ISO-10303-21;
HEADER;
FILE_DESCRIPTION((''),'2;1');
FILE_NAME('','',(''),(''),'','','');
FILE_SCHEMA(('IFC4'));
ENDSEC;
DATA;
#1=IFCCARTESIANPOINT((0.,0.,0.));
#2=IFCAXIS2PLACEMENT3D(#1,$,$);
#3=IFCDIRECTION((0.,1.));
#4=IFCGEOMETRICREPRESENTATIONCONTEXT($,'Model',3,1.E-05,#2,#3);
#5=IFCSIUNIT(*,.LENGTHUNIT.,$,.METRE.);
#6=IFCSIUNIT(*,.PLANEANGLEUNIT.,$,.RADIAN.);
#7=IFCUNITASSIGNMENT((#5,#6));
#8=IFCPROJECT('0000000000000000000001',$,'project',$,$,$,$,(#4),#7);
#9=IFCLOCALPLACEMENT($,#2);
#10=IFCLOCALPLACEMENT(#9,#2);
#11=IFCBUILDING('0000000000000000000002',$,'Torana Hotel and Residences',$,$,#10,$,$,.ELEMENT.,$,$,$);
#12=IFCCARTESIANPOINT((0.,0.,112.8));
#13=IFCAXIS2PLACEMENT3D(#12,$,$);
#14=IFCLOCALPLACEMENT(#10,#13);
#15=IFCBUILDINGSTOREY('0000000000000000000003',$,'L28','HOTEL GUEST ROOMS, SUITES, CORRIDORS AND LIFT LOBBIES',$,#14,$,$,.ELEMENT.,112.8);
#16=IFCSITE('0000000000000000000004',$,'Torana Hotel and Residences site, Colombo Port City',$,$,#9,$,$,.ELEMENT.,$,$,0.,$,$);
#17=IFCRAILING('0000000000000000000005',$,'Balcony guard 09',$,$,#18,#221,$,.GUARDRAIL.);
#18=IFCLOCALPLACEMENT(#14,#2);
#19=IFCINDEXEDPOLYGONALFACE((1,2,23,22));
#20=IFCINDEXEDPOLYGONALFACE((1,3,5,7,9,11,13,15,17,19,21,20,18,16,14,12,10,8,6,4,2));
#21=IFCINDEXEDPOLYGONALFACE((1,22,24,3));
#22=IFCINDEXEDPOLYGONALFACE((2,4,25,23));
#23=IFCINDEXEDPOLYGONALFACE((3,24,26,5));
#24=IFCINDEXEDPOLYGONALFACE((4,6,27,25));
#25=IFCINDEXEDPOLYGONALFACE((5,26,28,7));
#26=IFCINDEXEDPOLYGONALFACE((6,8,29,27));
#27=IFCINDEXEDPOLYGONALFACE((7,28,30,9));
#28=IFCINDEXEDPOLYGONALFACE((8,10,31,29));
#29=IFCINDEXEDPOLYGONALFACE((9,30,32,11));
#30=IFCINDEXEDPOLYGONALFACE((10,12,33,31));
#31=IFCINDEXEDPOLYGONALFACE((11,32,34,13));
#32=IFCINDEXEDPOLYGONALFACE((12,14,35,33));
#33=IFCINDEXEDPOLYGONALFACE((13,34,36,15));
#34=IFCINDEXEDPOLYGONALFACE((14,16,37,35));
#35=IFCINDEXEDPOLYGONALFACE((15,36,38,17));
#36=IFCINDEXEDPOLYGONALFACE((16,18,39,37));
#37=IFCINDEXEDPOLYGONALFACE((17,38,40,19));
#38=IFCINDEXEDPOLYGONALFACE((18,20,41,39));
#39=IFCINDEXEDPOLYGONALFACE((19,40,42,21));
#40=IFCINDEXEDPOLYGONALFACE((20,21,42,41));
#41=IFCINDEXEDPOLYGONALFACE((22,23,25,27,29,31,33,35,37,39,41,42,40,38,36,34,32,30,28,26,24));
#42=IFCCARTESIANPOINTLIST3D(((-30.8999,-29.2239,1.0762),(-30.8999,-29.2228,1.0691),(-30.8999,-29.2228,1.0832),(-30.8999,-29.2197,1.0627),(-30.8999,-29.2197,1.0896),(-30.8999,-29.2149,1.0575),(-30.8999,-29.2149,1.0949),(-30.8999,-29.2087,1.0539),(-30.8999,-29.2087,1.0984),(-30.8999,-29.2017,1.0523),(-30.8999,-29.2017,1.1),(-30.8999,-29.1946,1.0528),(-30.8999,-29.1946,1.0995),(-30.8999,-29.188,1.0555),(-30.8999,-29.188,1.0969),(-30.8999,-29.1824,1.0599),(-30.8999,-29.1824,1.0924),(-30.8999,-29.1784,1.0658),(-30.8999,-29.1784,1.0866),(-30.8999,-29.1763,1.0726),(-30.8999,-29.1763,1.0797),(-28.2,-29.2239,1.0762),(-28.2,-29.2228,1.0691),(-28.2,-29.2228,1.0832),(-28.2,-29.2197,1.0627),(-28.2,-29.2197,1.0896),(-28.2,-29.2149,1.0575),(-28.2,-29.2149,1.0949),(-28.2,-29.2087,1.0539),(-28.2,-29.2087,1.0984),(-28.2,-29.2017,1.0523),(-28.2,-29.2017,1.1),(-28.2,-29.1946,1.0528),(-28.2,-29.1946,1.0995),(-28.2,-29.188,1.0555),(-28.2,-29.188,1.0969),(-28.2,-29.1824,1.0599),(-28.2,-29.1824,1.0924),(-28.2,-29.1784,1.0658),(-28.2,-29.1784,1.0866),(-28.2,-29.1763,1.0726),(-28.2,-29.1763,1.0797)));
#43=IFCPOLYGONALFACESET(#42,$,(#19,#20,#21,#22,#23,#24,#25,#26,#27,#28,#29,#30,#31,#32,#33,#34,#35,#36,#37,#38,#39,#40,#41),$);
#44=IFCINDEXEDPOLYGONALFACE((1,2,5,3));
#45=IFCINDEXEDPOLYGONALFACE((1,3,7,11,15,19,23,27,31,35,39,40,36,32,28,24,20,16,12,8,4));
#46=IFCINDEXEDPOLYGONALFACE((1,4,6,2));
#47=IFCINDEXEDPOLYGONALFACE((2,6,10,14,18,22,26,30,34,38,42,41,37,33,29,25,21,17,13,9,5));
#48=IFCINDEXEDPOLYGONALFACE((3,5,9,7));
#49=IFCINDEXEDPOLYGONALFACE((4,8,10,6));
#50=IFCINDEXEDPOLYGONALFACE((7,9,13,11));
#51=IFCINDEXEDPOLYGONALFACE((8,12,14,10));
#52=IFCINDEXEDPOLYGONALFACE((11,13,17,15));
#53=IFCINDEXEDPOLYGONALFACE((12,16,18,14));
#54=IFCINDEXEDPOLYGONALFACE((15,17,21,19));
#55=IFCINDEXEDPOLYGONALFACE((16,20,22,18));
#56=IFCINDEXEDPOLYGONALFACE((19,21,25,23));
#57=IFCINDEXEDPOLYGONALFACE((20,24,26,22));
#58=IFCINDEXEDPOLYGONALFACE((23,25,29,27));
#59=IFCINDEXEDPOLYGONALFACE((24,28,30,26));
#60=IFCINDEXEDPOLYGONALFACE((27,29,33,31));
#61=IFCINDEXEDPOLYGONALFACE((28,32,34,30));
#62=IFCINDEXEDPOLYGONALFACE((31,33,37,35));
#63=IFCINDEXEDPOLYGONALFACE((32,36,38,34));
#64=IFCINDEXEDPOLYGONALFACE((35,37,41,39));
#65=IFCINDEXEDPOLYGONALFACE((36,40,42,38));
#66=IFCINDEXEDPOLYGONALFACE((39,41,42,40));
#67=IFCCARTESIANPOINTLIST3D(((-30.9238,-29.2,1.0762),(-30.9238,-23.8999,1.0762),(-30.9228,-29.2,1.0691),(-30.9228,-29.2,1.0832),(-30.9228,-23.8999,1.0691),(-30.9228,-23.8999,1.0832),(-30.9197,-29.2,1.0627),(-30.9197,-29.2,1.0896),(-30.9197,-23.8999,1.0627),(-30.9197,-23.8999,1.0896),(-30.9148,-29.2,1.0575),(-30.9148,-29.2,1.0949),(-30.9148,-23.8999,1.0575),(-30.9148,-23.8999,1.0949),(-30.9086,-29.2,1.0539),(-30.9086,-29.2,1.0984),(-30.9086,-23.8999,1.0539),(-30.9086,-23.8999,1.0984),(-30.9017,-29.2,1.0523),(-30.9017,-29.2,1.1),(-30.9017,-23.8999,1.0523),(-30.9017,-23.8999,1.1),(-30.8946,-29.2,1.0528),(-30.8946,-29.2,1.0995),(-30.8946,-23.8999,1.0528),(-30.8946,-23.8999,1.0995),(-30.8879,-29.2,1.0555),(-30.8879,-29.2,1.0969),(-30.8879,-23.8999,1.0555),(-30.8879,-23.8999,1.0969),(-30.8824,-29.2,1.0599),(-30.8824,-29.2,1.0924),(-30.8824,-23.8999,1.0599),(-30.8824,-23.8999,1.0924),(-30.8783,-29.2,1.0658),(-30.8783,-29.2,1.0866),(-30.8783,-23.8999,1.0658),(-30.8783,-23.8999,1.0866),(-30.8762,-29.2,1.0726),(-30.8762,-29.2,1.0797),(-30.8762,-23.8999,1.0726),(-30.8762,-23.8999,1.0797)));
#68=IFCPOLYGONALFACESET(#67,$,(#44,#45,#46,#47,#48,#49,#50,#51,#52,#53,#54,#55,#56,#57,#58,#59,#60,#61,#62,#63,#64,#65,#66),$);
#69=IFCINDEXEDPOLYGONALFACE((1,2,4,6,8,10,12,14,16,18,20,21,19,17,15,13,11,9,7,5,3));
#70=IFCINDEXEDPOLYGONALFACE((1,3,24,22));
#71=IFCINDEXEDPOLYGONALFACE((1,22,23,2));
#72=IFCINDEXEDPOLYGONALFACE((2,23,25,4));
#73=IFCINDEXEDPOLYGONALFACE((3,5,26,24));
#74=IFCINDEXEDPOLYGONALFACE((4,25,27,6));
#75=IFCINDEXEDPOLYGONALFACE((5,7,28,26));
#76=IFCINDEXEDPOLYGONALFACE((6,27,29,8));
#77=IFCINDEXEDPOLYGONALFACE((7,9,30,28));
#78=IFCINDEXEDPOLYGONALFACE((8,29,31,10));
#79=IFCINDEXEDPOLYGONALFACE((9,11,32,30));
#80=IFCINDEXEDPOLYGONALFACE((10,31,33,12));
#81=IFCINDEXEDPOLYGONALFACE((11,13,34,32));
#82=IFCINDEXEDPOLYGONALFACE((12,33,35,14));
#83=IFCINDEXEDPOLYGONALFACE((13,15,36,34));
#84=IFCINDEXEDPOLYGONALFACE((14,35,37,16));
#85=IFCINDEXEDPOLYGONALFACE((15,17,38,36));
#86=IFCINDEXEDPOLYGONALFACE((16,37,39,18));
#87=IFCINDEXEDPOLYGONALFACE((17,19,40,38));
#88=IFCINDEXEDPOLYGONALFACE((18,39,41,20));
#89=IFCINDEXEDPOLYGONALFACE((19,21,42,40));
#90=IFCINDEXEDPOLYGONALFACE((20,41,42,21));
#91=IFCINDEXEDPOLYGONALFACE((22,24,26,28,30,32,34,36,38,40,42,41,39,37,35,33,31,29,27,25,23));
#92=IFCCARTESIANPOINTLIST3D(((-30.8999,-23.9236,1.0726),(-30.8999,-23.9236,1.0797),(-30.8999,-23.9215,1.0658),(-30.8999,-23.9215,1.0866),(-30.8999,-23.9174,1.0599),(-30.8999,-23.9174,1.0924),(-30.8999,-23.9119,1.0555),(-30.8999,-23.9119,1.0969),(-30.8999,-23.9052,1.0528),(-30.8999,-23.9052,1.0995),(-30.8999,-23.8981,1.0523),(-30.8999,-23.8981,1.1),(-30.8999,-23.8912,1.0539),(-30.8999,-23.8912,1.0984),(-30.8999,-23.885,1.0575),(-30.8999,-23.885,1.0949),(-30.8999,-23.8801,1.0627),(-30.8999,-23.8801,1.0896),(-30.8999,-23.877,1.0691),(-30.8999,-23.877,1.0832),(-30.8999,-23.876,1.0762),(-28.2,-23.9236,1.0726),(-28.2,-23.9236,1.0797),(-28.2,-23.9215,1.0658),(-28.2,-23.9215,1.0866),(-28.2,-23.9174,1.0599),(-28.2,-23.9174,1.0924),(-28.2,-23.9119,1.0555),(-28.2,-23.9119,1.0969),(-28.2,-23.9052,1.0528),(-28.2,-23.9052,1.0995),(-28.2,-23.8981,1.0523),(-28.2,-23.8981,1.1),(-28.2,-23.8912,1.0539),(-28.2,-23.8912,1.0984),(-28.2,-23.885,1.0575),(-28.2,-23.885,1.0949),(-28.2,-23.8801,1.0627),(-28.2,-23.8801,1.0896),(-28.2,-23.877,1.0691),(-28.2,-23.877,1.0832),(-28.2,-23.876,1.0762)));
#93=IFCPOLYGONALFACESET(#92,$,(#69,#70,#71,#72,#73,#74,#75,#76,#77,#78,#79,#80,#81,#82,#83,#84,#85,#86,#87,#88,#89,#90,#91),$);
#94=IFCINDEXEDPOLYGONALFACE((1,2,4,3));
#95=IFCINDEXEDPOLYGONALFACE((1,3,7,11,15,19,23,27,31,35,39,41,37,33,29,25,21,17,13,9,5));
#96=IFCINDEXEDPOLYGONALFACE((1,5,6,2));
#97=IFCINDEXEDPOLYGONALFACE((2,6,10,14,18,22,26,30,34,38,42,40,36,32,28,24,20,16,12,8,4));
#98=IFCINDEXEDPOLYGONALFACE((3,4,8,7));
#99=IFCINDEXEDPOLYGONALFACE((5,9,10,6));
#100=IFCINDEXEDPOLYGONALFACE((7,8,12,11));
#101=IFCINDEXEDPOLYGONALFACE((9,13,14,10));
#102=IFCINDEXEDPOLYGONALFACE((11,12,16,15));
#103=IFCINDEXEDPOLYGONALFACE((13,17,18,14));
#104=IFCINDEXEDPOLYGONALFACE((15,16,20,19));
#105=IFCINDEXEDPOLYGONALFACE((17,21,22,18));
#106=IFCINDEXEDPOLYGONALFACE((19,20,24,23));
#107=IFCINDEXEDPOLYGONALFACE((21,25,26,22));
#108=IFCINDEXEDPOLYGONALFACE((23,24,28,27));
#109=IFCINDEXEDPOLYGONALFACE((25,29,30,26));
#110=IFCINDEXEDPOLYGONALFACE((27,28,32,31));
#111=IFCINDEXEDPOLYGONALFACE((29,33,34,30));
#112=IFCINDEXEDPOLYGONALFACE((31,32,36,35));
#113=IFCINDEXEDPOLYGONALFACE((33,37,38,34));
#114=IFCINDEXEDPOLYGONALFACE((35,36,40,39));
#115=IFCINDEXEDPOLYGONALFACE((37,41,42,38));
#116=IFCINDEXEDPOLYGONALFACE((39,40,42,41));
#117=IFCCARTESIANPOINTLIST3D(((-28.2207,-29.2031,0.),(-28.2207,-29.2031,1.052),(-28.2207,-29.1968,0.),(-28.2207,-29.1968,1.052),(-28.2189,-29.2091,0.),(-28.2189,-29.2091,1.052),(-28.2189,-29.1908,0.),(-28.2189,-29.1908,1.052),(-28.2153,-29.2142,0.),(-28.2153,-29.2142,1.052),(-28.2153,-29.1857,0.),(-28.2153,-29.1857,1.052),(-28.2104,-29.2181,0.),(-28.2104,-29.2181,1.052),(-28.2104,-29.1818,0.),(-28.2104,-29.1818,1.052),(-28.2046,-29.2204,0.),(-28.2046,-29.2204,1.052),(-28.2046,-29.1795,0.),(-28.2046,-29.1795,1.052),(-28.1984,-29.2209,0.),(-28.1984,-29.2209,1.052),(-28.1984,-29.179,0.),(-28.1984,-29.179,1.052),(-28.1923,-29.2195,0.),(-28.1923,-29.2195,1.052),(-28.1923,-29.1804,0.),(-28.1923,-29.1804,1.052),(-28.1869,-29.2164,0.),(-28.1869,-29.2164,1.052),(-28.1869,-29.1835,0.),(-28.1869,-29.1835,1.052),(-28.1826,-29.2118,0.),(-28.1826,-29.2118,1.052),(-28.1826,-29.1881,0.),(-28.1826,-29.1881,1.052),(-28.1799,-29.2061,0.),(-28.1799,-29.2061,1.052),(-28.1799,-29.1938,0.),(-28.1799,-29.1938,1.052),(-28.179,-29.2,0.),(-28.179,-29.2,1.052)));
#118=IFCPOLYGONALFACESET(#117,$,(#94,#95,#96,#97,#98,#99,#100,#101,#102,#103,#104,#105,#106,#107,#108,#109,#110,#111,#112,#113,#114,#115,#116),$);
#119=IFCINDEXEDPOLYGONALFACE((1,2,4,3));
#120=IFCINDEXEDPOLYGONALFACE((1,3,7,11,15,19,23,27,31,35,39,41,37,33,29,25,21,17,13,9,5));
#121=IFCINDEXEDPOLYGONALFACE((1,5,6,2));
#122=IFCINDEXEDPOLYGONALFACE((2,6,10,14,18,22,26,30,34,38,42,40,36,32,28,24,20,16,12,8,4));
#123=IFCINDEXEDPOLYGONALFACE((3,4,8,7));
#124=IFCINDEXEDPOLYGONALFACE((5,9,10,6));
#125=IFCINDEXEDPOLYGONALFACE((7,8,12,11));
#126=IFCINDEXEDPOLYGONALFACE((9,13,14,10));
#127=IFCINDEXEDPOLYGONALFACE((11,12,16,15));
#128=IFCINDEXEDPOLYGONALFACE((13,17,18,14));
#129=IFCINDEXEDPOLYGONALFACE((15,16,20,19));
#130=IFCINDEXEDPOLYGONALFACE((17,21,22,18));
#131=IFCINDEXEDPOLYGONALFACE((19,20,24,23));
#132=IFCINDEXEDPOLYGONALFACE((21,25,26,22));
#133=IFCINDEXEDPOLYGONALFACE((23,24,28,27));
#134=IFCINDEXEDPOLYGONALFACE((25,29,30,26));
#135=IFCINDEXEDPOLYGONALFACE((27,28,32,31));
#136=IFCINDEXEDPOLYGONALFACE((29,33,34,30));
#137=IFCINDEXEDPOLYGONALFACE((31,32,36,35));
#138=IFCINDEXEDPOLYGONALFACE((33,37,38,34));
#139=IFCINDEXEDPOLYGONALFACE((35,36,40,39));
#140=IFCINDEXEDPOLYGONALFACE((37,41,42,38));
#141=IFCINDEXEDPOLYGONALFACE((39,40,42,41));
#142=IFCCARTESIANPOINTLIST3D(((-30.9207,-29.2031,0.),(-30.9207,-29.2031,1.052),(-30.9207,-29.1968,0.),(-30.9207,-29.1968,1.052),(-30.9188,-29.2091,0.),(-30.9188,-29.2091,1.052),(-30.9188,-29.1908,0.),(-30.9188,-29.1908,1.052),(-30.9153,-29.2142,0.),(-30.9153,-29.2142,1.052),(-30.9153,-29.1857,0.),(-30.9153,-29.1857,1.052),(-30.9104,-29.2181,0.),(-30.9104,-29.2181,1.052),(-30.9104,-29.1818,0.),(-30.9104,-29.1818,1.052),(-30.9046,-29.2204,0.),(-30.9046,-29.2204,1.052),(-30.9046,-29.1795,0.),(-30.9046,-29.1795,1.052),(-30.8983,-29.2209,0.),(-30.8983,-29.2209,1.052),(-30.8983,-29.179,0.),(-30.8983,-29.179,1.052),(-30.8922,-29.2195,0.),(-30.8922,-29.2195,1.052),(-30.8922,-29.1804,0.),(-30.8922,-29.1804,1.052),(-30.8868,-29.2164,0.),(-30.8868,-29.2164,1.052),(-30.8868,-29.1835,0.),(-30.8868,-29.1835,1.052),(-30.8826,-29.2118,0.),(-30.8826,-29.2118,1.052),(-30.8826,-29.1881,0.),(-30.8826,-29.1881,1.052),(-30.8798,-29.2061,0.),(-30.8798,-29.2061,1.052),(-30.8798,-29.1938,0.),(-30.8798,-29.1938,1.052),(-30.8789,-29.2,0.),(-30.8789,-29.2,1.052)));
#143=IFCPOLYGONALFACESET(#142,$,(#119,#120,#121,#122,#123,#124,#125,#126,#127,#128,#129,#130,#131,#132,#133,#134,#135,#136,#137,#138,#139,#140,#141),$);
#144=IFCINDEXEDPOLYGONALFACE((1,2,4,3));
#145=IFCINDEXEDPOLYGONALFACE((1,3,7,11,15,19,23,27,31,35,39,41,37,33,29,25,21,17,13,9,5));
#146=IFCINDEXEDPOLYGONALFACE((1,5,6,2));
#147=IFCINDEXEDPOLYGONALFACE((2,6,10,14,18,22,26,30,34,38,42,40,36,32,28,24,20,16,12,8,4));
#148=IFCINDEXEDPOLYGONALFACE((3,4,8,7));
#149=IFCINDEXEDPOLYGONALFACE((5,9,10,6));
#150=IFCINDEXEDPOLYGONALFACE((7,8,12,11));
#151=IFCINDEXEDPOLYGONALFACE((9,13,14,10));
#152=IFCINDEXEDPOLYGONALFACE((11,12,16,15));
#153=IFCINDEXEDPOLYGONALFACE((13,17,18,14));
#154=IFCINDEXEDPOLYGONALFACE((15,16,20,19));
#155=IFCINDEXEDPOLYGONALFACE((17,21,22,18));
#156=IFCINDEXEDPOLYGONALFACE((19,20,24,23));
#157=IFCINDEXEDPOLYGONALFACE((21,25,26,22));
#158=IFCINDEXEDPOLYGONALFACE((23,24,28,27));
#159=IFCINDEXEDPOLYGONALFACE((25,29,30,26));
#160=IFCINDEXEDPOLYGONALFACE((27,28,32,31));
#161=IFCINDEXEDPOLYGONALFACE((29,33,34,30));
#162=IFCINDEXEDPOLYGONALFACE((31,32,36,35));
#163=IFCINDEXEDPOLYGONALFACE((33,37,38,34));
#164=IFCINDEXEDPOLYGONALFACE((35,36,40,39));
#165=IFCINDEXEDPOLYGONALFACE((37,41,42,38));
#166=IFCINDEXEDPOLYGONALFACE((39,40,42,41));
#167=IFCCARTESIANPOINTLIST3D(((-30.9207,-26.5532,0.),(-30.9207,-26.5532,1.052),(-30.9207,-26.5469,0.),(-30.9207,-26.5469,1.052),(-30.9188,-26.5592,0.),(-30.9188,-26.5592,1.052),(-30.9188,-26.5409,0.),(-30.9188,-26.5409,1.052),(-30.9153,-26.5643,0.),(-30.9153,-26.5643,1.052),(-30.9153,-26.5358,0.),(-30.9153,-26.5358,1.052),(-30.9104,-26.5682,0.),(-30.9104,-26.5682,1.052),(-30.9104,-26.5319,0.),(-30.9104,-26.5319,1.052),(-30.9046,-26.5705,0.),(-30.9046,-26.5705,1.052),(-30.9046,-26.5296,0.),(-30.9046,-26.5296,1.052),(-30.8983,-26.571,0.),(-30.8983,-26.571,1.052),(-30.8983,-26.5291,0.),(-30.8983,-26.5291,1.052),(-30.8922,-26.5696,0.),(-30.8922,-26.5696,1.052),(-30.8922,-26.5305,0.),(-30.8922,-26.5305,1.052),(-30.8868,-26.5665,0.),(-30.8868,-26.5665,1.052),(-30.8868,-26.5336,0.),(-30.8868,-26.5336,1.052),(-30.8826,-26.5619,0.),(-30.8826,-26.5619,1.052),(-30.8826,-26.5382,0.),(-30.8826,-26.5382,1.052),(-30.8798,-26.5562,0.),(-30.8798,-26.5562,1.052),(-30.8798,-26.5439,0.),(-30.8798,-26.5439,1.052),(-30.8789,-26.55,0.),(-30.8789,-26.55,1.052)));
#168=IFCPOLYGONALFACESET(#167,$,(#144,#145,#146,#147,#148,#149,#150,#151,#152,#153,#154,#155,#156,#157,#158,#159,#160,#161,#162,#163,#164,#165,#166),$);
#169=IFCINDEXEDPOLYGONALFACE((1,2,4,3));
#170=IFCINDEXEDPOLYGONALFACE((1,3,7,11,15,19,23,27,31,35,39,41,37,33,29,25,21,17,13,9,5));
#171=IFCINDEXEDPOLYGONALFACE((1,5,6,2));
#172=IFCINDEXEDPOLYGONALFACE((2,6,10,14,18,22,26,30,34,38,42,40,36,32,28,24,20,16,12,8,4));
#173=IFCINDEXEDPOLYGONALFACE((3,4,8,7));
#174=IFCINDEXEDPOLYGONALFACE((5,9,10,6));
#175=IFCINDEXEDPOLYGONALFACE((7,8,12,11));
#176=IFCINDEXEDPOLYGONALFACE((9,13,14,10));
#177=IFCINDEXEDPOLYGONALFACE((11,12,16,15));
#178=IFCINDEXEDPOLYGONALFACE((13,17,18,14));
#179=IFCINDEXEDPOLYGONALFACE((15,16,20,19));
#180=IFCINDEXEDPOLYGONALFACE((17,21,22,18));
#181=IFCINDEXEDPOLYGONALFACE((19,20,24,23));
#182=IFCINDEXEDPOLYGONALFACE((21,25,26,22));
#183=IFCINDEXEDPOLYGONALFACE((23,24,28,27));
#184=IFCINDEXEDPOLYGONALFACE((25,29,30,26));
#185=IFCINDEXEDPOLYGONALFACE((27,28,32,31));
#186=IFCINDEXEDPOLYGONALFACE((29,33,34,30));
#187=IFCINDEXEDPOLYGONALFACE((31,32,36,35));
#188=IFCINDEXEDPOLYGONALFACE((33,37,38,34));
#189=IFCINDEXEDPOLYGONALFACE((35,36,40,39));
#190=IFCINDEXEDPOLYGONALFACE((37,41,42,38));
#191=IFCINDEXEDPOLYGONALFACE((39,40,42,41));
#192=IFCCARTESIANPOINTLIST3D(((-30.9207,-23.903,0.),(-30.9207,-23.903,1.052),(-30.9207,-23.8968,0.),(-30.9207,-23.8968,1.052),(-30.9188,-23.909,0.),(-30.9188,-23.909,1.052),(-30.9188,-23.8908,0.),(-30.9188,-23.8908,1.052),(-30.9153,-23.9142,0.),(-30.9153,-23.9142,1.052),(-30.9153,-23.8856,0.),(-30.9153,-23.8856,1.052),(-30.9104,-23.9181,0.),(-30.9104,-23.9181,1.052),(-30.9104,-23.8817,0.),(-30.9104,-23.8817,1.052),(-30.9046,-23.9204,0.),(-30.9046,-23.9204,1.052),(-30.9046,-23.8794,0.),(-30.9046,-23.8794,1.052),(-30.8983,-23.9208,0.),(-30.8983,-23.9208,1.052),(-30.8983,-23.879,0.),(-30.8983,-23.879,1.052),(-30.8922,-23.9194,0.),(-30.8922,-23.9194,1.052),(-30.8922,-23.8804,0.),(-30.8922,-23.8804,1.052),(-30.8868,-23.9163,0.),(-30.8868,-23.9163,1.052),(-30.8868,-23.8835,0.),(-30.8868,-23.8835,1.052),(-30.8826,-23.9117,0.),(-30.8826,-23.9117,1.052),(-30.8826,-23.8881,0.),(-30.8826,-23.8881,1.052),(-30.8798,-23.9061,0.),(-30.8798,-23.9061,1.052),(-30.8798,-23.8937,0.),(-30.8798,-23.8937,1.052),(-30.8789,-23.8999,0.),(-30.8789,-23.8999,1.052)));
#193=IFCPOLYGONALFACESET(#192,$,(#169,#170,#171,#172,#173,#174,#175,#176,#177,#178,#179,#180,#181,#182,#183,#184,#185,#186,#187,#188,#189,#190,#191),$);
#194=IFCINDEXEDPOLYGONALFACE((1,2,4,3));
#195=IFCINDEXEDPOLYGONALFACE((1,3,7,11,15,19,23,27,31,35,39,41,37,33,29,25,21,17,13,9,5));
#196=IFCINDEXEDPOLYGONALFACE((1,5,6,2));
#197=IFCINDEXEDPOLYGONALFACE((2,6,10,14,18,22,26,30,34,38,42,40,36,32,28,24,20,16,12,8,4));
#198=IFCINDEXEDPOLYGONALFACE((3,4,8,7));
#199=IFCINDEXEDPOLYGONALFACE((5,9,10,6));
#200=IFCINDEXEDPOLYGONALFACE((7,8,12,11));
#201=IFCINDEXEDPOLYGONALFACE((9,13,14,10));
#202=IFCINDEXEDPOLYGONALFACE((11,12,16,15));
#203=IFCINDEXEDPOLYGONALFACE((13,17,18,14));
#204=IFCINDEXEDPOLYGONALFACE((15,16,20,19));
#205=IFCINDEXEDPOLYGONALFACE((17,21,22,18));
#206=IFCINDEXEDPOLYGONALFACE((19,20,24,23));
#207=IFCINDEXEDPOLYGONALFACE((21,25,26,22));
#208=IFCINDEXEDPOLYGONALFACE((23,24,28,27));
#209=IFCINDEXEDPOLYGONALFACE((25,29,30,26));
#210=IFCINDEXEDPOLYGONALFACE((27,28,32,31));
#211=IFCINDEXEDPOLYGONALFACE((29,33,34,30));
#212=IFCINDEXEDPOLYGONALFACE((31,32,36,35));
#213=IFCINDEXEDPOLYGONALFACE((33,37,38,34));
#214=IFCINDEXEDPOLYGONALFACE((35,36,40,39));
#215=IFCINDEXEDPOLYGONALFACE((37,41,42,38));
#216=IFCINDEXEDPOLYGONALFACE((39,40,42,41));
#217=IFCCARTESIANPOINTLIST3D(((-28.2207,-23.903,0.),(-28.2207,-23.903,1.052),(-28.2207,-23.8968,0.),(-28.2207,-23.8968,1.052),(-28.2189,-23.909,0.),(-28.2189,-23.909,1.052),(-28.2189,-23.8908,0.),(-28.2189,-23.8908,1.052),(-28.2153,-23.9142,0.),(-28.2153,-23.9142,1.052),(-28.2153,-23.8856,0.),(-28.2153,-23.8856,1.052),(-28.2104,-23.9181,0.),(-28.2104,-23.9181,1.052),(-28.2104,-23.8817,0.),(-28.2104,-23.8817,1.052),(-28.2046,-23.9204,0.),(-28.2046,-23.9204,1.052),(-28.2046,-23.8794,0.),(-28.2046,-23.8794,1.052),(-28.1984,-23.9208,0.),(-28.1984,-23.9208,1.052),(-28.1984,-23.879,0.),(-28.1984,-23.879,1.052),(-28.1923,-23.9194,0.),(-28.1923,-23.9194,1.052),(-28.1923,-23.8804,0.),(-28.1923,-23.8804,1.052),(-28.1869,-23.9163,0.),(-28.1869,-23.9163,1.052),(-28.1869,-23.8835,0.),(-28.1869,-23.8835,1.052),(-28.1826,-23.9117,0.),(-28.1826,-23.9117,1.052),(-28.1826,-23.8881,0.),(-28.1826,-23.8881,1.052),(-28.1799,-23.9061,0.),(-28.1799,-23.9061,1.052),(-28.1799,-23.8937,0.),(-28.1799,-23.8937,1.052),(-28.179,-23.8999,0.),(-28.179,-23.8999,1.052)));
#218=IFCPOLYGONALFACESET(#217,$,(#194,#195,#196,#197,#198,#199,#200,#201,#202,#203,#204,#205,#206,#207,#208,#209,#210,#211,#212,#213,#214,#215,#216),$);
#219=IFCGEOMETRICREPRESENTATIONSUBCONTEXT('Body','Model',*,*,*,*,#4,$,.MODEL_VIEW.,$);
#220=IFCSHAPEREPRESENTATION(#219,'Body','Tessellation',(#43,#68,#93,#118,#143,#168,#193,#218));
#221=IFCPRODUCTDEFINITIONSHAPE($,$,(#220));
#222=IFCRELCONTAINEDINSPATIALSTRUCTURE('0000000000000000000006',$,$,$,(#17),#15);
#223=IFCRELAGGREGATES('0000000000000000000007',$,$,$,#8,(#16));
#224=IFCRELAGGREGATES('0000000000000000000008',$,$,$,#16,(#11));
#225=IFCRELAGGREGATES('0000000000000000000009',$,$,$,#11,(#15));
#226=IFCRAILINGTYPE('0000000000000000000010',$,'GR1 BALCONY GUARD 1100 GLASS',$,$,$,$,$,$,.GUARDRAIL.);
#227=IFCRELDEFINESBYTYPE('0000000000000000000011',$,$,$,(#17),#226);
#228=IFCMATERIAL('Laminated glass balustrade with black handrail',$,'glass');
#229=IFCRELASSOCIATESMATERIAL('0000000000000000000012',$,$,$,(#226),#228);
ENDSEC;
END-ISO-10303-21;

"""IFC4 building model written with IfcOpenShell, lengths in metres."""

from ifc_helpers import new_model, si_unit, direction, frame, origin, origin_2d, place, context, subcontext, project, spatial, circle, extrude, material, type_object, element, save


model = new_model("IFC4")

# Units and contexts
model_context = context("Model", 3, precision=1e-05, world=origin(), true_north=direction((0.0, 1.0)))
body_context = subcontext(model_context, "Body", "Model", "MODEL_VIEW")
ifc_project = project(units=[si_unit("LENGTHUNIT", "METRE"), si_unit("PLANEANGLEUNIT", "RADIAN")], contexts=[model_context])

# Site, building, storey
site_placement = place(None, origin())
site = spatial("IfcSite", under=ifc_project, at=site_placement, Name="Torana Hotel and Residences site, Colombo Port City", CompositionType="ELEMENT", RefElevation=0.0)
building_placement = place(site_placement, origin())
building = spatial("IfcBuilding", under=site, at=building_placement, Name="Torana Hotel and Residences", CompositionType="ELEMENT")
storey_placement = place(building_placement, frame((0.0, 0.0, 112.8)))
storey = spatial("IfcBuildingStorey", under=building, at=storey_placement, Name="L28", Description="HOTEL GUEST ROOMS, SUITES, CORRIDORS AND LIFT LOBBIES", CompositionType="ELEMENT", Elevation=112.8)

# Railing
ifc_material_1 = material(Name="Laminated glass balustrade with black handrail", Category="glass")
railing_type = type_object("IfcRailingType", Name="GR1 BALCONY GUARD 1100 GLASS", PredefinedType="GUARDRAIL", material=ifc_material_1)
railing_placement = place(storey_placement, frame((-28.2, -29.2, 0.0)))
element("IfcRailing", 1, at=railing_placement, inside=storey, type_object=railing_type, Name="Balcony guard 09", PredefinedType="GUARDRAIL", context=body_context, shape_type="SweptSolid", body=[
    extrude(circle(Radius=0.0239, at=origin_2d()), frame((0.0, 0.0, 1.0762), z_axis=(-1.0, 0.0, 0.0), x_axis=(0.0, -1.0, 0.0)), (0.0, 0.0, 1.0), 2.7),
    extrude(circle(Radius=0.0239, at=origin_2d()), frame((-2.7, 0.0, 1.0762), z_axis=(0.0, 1.0, 0.0), x_axis=(-1.0, 0.0, 0.0)), (0.0, 0.0, 1.0), 5.3),
    extrude(circle(Radius=0.0239, at=origin_2d()), frame((-2.7, 5.3, 1.0762), z_axis=(1.0, 0.0, 0.0), x_axis=(0.0, 1.0, 0.0)), (0.0, 0.0, 1.0), 2.7),
    extrude(circle(Radius=0.021, at=origin_2d()), origin(), (0.0, 0.0, 1.0), 1.052),
    extrude(circle(Radius=0.021, at=origin_2d()), frame((-2.7, 0.0, 0.0)), (0.0, 0.0, 1.0), 1.052),
    extrude(circle(Radius=0.021, at=origin_2d()), frame((-2.7, 2.6499, 0.0)), (0.0, 0.0, 1.0), 1.052),
    extrude(circle(Radius=0.021, at=origin_2d()), frame((-2.7, 5.3, 0.0)), (0.0, 0.0, 1.0), 1.052),
    extrude(circle(Radius=0.021, at=origin_2d()), frame((0.0, 5.3, 0.0)), (0.0, 0.0, 1.0), 1.052),
])

save(model, "model.ifc")
